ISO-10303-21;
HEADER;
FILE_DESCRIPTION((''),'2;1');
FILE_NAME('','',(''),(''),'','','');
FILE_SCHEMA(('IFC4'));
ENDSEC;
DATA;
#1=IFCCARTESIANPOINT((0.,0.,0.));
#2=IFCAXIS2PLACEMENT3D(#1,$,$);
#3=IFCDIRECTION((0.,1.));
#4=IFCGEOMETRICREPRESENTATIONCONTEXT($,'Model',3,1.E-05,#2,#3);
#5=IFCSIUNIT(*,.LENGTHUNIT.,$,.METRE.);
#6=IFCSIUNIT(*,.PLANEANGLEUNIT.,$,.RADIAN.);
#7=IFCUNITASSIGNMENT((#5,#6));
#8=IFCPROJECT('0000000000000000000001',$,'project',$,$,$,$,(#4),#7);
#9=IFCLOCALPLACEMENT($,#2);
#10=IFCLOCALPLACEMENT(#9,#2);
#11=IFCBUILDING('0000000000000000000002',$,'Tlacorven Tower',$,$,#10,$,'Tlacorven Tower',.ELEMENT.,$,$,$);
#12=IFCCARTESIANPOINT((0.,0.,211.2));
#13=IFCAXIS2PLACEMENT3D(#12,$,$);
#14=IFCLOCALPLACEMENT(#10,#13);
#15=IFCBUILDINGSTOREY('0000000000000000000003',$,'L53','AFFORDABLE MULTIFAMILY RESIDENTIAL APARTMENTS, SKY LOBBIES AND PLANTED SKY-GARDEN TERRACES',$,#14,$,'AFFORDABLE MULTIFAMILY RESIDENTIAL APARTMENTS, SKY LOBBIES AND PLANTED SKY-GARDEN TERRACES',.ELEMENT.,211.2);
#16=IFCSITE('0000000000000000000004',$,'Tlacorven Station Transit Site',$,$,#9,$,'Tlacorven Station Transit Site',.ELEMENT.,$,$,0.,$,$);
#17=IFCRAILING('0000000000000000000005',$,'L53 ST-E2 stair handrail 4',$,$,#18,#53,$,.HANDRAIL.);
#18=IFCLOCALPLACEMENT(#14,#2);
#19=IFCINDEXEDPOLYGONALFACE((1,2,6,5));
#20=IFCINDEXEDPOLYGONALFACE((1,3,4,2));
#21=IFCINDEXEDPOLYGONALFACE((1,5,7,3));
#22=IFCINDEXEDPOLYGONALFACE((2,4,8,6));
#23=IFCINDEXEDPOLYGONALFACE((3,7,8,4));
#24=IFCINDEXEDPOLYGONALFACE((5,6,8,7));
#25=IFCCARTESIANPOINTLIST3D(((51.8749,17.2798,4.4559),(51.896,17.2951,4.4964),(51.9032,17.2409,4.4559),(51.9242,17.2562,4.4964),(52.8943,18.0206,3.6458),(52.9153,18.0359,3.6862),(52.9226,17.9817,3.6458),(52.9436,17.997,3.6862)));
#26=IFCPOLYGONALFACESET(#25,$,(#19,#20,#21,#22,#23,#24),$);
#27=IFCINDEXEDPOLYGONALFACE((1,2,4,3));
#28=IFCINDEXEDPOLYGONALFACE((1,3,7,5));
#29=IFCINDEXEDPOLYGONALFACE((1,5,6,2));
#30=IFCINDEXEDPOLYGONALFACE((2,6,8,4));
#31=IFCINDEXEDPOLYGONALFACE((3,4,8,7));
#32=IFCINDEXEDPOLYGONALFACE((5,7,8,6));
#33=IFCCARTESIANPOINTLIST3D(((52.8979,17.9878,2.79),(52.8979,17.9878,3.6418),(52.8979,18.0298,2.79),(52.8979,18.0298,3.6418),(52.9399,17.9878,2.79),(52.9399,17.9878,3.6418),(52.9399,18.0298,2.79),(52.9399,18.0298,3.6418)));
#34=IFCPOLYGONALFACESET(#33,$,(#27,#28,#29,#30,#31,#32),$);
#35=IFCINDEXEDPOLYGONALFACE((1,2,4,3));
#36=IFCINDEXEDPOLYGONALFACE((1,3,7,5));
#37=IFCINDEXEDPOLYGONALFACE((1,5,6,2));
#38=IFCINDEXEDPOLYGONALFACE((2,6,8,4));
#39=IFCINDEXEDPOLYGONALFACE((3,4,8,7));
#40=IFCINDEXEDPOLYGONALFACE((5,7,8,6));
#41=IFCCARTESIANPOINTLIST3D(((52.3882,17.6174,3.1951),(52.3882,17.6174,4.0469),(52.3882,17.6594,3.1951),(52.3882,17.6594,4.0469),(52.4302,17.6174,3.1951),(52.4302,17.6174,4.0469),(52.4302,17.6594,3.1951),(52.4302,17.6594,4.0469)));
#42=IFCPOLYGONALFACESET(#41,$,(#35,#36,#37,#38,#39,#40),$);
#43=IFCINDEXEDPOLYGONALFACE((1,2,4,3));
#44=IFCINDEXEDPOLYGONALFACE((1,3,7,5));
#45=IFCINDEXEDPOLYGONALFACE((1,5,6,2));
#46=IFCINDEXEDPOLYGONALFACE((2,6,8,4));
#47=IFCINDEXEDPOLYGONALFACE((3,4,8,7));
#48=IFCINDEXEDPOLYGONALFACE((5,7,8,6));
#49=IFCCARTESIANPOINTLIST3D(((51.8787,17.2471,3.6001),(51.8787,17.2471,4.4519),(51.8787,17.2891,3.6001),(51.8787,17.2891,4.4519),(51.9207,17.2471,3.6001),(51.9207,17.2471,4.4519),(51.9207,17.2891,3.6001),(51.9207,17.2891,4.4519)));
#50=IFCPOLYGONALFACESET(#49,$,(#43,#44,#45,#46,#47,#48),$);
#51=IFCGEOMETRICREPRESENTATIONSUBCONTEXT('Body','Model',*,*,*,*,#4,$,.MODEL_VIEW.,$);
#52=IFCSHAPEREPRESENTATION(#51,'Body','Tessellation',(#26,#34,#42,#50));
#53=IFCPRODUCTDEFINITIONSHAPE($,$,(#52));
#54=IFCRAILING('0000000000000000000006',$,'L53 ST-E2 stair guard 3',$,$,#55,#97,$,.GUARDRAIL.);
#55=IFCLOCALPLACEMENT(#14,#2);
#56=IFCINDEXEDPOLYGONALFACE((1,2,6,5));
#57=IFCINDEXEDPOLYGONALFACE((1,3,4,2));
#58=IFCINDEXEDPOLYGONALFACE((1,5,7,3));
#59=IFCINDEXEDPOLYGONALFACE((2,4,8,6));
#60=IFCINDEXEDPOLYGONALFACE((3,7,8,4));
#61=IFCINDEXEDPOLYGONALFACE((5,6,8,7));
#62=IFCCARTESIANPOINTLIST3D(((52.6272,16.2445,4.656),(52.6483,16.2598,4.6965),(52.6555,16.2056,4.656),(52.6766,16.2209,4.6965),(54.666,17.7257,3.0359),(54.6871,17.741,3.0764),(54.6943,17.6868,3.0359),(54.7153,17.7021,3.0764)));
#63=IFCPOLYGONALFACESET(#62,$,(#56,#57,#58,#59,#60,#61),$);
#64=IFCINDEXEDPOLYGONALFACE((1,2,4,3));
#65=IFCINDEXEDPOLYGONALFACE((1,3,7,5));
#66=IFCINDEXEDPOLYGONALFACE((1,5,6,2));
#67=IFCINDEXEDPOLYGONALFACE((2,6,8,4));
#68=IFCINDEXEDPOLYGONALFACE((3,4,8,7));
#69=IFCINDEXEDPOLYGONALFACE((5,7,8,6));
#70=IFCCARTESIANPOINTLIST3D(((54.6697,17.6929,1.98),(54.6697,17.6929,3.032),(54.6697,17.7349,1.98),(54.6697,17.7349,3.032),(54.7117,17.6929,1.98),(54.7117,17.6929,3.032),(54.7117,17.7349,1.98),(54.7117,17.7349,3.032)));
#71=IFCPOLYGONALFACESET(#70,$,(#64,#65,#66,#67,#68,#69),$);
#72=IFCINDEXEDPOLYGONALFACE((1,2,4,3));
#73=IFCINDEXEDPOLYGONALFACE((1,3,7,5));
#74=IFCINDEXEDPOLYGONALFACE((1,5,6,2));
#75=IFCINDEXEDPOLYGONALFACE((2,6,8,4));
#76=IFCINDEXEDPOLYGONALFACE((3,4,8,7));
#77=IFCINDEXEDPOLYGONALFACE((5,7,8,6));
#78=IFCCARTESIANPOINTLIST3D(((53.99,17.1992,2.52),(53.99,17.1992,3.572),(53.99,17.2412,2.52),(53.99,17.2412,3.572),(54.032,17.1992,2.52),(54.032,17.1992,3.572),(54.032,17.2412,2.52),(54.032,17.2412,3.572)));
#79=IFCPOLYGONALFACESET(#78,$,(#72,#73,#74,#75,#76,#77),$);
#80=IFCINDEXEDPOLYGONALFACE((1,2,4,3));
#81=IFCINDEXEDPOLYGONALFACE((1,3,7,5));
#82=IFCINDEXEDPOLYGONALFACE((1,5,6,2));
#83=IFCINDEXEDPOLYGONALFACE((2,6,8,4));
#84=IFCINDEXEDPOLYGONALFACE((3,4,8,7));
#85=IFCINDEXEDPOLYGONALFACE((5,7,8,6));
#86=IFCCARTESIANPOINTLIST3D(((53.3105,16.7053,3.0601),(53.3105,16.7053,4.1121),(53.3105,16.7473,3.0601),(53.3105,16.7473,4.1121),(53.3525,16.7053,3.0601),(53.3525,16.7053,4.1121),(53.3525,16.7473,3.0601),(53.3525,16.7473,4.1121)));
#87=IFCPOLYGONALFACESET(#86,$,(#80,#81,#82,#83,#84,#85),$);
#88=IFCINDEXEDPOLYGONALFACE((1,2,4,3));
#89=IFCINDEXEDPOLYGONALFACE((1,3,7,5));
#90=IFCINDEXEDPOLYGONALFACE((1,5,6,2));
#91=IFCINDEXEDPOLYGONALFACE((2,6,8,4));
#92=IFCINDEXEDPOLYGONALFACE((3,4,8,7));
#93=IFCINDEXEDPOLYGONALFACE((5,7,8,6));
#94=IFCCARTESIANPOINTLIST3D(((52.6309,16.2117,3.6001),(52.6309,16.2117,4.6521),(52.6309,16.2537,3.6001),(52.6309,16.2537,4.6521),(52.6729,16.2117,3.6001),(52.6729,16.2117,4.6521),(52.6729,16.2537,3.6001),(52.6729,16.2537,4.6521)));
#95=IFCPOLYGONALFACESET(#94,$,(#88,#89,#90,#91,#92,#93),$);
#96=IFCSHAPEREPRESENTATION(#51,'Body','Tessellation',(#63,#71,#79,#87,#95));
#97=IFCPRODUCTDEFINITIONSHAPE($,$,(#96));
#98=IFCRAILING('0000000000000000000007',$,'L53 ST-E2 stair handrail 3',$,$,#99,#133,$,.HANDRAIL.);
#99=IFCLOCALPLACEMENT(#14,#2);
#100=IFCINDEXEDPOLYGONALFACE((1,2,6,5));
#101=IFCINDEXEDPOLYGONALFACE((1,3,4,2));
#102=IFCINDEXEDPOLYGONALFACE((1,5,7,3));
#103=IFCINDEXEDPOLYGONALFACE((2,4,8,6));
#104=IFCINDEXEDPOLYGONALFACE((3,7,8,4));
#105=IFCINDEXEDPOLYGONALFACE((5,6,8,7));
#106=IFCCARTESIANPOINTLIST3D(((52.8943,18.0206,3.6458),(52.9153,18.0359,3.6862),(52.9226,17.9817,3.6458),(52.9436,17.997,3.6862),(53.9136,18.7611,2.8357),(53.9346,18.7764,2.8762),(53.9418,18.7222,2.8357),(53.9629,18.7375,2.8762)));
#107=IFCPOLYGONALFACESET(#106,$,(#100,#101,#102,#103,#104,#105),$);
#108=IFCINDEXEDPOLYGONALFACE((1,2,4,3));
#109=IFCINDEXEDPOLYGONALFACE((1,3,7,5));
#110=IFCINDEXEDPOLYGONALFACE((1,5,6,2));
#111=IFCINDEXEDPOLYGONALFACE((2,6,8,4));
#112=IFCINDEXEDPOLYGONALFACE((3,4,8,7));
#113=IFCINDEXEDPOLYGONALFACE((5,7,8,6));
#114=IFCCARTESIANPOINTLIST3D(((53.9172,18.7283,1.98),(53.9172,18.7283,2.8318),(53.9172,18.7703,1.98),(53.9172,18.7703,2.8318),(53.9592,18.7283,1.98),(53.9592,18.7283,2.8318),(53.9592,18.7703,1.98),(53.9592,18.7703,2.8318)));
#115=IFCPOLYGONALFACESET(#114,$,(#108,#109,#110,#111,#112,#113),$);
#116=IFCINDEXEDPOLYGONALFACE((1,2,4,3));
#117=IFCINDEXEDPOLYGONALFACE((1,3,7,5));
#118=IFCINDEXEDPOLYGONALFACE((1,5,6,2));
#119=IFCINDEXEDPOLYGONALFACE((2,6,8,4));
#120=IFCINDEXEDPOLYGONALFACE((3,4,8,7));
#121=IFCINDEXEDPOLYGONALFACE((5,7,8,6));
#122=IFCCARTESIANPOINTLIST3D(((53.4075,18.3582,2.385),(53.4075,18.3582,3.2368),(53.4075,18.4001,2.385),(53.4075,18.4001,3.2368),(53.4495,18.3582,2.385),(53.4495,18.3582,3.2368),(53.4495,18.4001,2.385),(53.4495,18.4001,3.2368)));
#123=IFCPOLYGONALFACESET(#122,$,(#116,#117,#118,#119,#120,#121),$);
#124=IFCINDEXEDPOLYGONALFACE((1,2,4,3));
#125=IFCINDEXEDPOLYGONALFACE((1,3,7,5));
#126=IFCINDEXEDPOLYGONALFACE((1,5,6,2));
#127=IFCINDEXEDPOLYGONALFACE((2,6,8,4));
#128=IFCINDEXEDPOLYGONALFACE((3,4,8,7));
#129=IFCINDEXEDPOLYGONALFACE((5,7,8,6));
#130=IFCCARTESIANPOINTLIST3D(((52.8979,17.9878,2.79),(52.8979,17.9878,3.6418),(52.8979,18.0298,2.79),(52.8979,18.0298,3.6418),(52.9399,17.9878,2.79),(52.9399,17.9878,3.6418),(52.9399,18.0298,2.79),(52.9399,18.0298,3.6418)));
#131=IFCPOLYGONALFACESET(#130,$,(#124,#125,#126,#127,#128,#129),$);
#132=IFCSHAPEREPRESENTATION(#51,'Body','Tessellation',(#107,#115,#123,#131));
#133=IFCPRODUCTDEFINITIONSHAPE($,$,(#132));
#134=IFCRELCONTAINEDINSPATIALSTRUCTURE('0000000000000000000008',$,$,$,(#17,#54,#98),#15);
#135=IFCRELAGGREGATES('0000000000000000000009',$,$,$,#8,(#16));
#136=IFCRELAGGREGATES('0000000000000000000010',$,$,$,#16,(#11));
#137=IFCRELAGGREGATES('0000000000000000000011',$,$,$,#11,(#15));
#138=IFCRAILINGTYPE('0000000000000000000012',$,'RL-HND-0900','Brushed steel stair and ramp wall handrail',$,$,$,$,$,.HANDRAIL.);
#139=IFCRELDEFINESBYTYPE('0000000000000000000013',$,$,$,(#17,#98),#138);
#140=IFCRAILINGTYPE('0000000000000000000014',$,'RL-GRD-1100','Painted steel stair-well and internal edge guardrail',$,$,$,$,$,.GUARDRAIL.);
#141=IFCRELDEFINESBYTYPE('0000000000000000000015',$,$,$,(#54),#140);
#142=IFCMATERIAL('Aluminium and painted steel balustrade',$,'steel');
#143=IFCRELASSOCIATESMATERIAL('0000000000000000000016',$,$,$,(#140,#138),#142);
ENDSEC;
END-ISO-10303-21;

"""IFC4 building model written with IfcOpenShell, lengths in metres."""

from ifc_helpers import new_model, si_unit, direction, frame, origin, origin_2d, place, context, subcontext, project, spatial, rectangle, extrude, source, transform, mapped, material, type_object, element, save


model = new_model("IFC4")

# Units and contexts
model_context = context("Model", 3, precision=1e-05, world=origin(), true_north=direction((0.0, 1.0)))
body_context = subcontext(model_context, "Body", "Model", "MODEL_VIEW")
ifc_project = project(units=[si_unit("LENGTHUNIT", "METRE"), si_unit("PLANEANGLEUNIT", "RADIAN")], contexts=[model_context])

# Site, building, storey
site_placement = place(None, origin())
site = spatial("IfcSite", under=ifc_project, at=site_placement, Name="Tlacorven Station Transit Site", LongName="Tlacorven Station Transit Site", CompositionType="ELEMENT", RefElevation=0.0)
building_placement = place(site_placement, origin())
building = spatial("IfcBuilding", under=site, at=building_placement, Name="Tlacorven Tower", LongName="Tlacorven Tower", CompositionType="ELEMENT")
storey_placement = place(building_placement, frame((0.0, 0.0, 211.2)))
storey = spatial("IfcBuildingStorey", under=building, at=storey_placement, Name="L53", Description="AFFORDABLE MULTIFAMILY RESIDENTIAL APARTMENTS, SKY LOBBIES AND PLANTED SKY-GARDEN TERRACES", LongName="AFFORDABLE MULTIFAMILY RESIDENTIAL APARTMENTS, SKY LOBBIES AND PLANTED SKY-GARDEN TERRACES", CompositionType="ELEMENT", Elevation=211.2)

# Railings
ifc_material_1 = material(Name="Aluminium and painted steel balustrade", Category="steel")
railing_type_1 = type_object("IfcRailingType", Name="RL-GRD-1100", Description="Painted steel stair-well and internal edge guardrail", PredefinedType="GUARDRAIL", material=ifc_material_1)
railing_type_2 = type_object("IfcRailingType", Name="RL-HND-0900", Description="Brushed steel stair and ramp wall handrail", PredefinedType="HANDRAIL", material=ifc_material_1)
shared_shape_1 = source(origin(), body_context, "Body", "SweptSolid", [
    extrude(rectangle(XDim=0.0481, YDim=0.0481, at=origin_2d()), frame((0.0, 0.0, 0.876), z_axis=(-0.680461, -0.494496, 0.540783), x_axis=(0.587872, -0.808954, 0.0)), (0.0, 0.0, 1.0), 1.498),
    extrude(rectangle(XDim=0.042, YDim=0.042, at=origin_2d()), origin(), (0.0, 0.0, 1.0), 0.8518),
    extrude(rectangle(XDim=0.042, YDim=0.042, at=origin_2d()), frame((-0.5098, -0.3704, 0.405)), (0.0, 0.0, 1.0), 0.8518),
    extrude(rectangle(XDim=0.042, YDim=0.042, at=origin_2d()), frame((-1.0193, -0.7407, 0.8101)), (0.0, 0.0, 1.0), 0.8518),
])
railing_1_placement = place(storey_placement, frame((52.9189, 18.0088, 2.79)))
element("IfcRailing", 1, at=railing_1_placement, inside=storey, type_object=railing_type_2, Name="L53 ST-E2 stair handrail 4", PredefinedType="HANDRAIL", context=body_context, shape_type="MappedRepresentation", body=[
    mapped(shared_shape_1, transform((0.0, 0.0, 0.0), scale=1.0)),
])
shared_shape_2 = source(origin(), body_context, "Body", "SweptSolid", [
    extrude(rectangle(XDim=0.0481, YDim=0.0481, at=origin_2d()), frame((0.0, 0.0, 1.0762), z_axis=(-0.680532, -0.494407, 0.540775), x_axis=(0.587763, -0.809033, 0.0)), (0.0, 0.0, 1.0), 2.9958),
    extrude(rectangle(XDim=0.042, YDim=0.042, at=origin_2d()), origin(), (0.0, 0.0, 1.0), 1.052),
    extrude(rectangle(XDim=0.042, YDim=0.042, at=origin_2d()), frame((-0.6797, -0.4937, 0.54)), (0.0, 0.0, 1.0), 1.052),
    extrude(rectangle(XDim=0.042, YDim=0.042, at=origin_2d()), frame((-1.3591, -0.9875, 1.0801)), (0.0, 0.0, 1.0), 1.052),
    extrude(rectangle(XDim=0.042, YDim=0.042, at=origin_2d()), frame((-2.0388, -1.4812, 1.6201)), (0.0, 0.0, 1.0), 1.052),
])
railing_2_placement = place(storey_placement, frame((54.6907, 17.7139, 1.98)))
element("IfcRailing", 2, at=railing_2_placement, inside=storey, type_object=railing_type_1, Name="L53 ST-E2 stair guard 3", PredefinedType="GUARDRAIL", context=body_context, shape_type="MappedRepresentation", body=[
    mapped(shared_shape_2, transform((0.0, 0.0, 0.0), scale=1.0)),
])
shared_shape_3 = source(origin(), body_context, "Body", "SweptSolid", [
    extrude(rectangle(XDim=0.0481, YDim=0.0481, at=origin_2d()), frame((0.0, 0.0, 0.876), z_axis=(-0.680516, -0.494373, 0.540827), x_axis=(0.587745, -0.809046, 0.0)), (0.0, 0.0, 1.0), 1.4978),
    extrude(rectangle(XDim=0.042, YDim=0.042, at=origin_2d()), origin(), (0.0, 0.0, 1.0), 0.8518),
    extrude(rectangle(XDim=0.042, YDim=0.042, at=origin_2d()), frame((-0.5098, -0.3701, 0.405)), (0.0, 0.0, 1.0), 0.8518),
    extrude(rectangle(XDim=0.042, YDim=0.042, at=origin_2d()), frame((-1.0193, -0.7405, 0.8101)), (0.0, 0.0, 1.0), 0.8518),
])
railing_3_placement = place(storey_placement, frame((53.9382, 18.7493, 1.98)))
element("IfcRailing", 3, at=railing_3_placement, inside=storey, type_object=railing_type_2, Name="L53 ST-E2 stair handrail 3", PredefinedType="HANDRAIL", context=body_context, shape_type="MappedRepresentation", body=[
    mapped(shared_shape_3, transform((0.0, 0.0, 0.0), scale=1.0)),
])

save(model, "model.ifc")
